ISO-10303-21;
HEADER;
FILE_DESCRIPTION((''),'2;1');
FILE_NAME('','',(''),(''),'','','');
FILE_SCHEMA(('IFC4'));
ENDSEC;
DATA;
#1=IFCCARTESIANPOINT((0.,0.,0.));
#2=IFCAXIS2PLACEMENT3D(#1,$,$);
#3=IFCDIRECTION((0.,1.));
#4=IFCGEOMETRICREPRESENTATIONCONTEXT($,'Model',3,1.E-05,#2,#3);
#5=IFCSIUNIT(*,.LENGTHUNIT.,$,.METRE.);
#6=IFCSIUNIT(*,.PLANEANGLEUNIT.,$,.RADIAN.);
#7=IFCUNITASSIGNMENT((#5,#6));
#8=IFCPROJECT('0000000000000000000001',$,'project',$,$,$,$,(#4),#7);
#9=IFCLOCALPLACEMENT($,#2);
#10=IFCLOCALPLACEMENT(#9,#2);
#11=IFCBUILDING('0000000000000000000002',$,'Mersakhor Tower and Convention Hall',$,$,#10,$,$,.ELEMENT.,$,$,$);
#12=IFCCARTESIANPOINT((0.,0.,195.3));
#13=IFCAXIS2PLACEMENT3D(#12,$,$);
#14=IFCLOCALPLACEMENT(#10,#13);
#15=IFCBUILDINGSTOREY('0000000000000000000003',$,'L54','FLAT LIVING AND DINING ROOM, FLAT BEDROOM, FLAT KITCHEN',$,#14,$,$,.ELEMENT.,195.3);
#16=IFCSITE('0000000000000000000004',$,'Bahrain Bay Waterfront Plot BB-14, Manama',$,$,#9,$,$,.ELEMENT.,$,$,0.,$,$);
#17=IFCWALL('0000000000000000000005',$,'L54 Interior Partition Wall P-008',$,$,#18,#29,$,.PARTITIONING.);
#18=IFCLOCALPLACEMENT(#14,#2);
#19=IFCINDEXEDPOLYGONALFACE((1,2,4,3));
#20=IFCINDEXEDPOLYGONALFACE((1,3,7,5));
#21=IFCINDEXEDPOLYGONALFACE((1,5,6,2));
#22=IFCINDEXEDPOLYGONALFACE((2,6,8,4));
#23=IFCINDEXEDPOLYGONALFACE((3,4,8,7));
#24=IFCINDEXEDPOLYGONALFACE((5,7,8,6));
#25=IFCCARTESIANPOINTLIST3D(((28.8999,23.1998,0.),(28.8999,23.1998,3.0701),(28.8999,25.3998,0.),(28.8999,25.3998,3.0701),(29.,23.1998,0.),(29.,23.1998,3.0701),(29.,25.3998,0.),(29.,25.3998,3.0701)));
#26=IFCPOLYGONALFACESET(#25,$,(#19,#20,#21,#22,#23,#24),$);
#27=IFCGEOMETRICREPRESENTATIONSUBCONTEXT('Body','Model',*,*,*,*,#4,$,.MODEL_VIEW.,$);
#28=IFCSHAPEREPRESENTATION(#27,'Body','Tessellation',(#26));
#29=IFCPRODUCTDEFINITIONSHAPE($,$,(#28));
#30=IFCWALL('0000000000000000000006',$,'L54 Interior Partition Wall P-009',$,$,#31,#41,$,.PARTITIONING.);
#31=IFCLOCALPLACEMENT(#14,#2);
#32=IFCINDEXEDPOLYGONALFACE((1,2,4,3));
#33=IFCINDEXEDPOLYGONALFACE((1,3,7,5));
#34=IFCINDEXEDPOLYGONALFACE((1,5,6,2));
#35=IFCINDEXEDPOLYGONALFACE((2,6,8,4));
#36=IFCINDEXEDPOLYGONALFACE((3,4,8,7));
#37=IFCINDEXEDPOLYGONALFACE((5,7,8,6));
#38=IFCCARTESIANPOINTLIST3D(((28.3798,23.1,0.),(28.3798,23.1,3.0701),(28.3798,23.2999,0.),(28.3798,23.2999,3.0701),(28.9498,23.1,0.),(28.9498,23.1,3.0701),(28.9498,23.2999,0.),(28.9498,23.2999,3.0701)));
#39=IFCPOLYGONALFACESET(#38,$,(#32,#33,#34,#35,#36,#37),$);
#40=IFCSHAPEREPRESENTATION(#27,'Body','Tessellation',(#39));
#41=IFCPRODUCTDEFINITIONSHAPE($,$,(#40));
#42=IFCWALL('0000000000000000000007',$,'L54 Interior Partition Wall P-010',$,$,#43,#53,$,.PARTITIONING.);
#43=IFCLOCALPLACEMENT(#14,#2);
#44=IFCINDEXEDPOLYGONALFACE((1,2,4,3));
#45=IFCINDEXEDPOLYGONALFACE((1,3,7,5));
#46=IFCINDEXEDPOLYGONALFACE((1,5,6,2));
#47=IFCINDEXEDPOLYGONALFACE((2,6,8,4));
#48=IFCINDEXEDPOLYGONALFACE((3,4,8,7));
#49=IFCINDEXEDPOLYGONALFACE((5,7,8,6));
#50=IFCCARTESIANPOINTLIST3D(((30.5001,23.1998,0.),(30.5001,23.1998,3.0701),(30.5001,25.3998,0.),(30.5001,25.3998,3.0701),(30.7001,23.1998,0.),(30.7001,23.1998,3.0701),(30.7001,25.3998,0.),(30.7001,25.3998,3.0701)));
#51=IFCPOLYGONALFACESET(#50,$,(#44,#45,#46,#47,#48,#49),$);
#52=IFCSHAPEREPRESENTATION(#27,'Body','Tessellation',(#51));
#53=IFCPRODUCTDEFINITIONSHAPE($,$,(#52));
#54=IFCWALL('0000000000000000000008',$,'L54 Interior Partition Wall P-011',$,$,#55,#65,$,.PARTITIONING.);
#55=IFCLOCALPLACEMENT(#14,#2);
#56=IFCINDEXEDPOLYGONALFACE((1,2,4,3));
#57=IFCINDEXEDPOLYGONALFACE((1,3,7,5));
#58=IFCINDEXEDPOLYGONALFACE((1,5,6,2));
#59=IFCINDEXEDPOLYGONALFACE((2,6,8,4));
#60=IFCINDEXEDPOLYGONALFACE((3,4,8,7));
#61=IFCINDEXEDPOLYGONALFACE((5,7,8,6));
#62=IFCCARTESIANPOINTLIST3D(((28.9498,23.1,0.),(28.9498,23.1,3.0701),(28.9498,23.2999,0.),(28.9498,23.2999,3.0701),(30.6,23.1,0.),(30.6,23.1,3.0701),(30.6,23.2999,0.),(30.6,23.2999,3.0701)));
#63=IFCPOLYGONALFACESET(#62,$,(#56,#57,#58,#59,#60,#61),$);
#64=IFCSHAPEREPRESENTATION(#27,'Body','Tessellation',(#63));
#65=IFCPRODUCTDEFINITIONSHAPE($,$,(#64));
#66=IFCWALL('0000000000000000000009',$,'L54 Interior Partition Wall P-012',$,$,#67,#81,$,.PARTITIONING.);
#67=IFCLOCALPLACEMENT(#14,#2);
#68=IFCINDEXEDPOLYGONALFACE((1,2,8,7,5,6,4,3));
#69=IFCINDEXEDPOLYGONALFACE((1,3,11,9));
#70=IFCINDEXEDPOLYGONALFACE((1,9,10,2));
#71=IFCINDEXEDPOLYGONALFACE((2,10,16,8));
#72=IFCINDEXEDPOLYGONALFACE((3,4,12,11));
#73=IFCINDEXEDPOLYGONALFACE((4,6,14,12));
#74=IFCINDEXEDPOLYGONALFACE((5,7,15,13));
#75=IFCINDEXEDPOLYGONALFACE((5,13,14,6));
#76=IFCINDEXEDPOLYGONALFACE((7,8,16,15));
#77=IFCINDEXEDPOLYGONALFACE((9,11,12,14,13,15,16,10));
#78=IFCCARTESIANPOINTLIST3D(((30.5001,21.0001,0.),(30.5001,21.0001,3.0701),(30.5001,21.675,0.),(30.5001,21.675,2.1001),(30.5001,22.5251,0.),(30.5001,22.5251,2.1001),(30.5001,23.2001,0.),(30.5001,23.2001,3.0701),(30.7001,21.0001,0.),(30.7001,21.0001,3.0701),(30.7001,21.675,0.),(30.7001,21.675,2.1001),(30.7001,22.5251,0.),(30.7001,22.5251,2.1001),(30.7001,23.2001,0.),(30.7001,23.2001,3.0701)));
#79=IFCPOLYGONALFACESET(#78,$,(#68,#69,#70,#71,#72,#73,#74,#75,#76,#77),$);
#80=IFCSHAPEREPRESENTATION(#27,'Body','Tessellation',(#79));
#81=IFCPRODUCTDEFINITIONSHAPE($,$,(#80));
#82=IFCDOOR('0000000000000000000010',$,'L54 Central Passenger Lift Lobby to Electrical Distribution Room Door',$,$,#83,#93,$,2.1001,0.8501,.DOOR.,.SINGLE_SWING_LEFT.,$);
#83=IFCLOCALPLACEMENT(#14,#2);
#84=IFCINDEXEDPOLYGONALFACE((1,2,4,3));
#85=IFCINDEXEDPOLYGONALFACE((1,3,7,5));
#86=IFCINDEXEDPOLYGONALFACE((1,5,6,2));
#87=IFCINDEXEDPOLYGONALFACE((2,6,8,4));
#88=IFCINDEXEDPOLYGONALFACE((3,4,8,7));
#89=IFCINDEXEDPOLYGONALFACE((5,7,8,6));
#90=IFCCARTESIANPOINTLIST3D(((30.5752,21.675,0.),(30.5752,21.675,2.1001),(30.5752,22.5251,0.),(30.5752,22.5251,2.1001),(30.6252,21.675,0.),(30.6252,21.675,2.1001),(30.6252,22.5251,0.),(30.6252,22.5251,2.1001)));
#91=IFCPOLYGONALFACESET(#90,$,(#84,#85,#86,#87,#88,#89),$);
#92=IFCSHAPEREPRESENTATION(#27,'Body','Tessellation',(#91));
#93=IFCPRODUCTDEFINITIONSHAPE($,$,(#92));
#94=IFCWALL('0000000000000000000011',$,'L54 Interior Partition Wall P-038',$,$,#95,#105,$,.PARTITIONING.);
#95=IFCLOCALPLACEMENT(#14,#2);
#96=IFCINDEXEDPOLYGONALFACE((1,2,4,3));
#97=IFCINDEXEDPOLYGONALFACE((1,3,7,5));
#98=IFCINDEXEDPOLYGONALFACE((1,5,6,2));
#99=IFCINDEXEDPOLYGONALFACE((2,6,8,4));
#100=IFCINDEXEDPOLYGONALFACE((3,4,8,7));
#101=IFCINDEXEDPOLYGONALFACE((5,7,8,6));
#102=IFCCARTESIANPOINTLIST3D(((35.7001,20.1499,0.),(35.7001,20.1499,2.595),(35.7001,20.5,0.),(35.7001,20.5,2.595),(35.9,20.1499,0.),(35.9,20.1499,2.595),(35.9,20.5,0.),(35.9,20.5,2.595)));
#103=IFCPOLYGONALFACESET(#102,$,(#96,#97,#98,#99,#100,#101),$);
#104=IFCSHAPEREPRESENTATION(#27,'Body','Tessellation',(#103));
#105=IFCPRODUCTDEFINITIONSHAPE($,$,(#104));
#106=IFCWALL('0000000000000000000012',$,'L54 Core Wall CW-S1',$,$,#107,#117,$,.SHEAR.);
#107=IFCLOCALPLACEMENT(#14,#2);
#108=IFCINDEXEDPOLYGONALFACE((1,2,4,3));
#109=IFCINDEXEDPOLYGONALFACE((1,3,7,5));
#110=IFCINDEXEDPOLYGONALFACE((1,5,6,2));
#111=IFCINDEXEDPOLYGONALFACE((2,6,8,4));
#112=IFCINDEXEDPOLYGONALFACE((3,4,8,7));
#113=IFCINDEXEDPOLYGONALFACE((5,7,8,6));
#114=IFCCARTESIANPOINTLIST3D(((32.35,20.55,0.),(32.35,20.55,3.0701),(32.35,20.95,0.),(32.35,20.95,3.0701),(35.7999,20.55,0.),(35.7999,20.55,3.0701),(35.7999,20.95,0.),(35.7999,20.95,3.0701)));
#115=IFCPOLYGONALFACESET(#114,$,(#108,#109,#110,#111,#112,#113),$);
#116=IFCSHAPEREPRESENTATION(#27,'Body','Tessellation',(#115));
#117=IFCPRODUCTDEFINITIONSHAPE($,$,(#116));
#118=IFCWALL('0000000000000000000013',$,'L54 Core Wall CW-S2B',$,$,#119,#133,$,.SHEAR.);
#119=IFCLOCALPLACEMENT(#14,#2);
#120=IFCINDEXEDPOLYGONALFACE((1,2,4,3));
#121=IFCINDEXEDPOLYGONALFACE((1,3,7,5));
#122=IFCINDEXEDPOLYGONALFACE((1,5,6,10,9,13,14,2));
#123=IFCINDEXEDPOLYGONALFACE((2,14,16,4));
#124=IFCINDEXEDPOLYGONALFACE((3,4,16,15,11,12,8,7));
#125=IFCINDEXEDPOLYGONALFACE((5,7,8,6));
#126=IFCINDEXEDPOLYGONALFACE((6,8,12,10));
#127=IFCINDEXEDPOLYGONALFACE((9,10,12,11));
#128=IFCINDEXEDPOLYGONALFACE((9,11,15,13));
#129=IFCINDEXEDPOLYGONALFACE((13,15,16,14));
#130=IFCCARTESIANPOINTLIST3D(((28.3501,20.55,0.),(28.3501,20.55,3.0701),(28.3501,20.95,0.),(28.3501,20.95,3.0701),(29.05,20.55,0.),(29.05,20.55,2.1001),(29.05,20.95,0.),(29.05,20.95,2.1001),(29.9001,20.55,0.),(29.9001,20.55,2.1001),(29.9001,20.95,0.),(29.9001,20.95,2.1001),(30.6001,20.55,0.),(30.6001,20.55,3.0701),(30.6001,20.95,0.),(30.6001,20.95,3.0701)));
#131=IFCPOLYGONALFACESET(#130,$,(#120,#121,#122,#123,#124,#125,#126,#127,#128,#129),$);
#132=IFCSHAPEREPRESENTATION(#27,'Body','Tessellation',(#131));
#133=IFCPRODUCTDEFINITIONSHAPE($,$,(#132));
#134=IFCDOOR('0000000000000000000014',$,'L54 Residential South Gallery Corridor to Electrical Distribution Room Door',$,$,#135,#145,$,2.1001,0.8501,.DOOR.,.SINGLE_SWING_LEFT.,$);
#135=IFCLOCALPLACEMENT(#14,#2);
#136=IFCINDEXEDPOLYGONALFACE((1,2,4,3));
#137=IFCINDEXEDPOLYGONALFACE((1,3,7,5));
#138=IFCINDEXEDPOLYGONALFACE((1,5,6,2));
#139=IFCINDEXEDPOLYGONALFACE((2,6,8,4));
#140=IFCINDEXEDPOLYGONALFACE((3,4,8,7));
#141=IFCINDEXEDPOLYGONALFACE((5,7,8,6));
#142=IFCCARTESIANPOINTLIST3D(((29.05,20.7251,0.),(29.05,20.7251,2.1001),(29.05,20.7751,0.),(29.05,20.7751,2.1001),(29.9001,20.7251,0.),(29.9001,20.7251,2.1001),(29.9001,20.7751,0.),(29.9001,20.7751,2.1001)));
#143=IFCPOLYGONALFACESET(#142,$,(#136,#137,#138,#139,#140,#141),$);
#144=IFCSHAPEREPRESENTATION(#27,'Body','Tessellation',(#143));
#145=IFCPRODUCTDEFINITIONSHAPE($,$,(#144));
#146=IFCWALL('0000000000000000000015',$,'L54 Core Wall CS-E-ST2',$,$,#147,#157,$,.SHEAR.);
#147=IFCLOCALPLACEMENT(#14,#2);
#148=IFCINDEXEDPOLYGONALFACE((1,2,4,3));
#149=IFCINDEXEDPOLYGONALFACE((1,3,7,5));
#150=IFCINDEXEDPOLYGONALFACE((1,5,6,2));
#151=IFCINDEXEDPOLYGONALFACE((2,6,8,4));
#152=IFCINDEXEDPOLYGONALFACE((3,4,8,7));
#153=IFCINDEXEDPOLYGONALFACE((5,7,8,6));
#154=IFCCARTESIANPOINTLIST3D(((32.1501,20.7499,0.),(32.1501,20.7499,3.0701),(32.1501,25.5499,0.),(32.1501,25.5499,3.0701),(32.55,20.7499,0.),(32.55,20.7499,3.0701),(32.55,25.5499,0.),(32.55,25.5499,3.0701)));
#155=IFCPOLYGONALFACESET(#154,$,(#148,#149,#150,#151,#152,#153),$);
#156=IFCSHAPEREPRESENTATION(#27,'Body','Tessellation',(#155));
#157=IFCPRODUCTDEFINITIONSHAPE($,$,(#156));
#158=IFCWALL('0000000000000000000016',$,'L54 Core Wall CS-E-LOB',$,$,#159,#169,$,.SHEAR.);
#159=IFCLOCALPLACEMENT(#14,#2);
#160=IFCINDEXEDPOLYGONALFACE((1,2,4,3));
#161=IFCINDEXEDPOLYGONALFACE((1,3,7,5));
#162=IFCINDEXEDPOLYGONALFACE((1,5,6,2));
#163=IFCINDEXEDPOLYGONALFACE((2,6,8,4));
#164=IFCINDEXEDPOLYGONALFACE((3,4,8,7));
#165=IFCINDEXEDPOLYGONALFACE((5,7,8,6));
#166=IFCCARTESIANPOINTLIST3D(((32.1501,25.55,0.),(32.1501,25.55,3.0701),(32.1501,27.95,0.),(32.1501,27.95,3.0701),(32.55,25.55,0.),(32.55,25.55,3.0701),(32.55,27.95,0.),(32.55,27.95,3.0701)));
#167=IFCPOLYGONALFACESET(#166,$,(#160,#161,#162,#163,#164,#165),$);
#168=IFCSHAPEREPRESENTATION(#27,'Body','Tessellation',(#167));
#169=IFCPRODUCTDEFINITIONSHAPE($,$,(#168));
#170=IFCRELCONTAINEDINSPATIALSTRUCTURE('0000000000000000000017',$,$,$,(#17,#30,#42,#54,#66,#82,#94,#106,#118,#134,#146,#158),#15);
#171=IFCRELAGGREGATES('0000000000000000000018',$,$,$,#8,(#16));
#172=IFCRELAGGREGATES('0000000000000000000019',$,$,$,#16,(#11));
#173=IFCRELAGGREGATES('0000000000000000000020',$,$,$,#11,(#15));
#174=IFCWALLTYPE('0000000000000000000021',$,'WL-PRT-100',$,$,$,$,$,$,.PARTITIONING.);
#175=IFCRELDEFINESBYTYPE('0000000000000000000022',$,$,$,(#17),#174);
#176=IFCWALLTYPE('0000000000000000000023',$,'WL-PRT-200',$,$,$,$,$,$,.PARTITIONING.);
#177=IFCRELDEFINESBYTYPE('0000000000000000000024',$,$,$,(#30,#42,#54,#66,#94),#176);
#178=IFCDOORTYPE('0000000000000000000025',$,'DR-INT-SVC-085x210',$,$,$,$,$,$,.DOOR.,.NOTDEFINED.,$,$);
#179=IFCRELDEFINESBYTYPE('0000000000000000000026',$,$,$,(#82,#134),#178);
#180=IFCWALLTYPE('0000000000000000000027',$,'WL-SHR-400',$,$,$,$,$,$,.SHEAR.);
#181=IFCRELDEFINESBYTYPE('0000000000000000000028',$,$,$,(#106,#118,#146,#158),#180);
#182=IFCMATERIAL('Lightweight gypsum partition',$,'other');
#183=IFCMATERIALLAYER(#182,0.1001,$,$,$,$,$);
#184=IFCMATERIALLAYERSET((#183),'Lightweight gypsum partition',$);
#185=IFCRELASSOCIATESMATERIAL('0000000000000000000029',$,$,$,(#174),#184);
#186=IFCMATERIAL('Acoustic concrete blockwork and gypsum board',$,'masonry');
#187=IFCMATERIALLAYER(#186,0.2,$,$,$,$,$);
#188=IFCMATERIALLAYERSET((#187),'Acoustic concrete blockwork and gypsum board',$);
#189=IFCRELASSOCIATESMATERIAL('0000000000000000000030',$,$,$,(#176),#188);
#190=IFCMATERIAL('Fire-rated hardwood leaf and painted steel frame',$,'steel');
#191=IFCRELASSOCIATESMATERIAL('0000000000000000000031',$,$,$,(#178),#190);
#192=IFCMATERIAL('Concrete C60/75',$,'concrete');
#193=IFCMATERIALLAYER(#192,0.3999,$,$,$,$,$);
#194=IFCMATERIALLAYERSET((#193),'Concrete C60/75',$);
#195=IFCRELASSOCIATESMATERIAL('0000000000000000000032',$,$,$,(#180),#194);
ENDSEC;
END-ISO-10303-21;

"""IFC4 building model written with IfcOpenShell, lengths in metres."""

from ifc_helpers import new_model, si_unit, direction, frame, frame_2d, origin, place, context, subcontext, project, spatial, rectangle, extrude, material, layer, layer_set, type_object, element, fill, save


model = new_model("IFC4")

# Units and contexts
model_context = context("Model", 3, precision=1e-05, world=origin(), true_north=direction((0.0, 1.0)))
body_context = subcontext(model_context, "Body", "Model", "MODEL_VIEW")
ifc_project = project(units=[si_unit("LENGTHUNIT", "METRE"), si_unit("PLANEANGLEUNIT", "RADIAN")], contexts=[model_context])

# Site, building, storey
site_placement = place(None, origin())
site = spatial("IfcSite", under=ifc_project, at=site_placement, Name="Bahrain Bay Waterfront Plot BB-14, Manama", CompositionType="ELEMENT", RefElevation=0.0)
building_placement = place(site_placement, origin())
building = spatial("IfcBuilding", under=site, at=building_placement, Name="Mersakhor Tower and Convention Hall", CompositionType="ELEMENT")
storey_placement = place(building_placement, frame((0.0, 0.0, 195.3)))
storey = spatial("IfcBuildingStorey", under=building, at=storey_placement, Name="L54", Description="FLAT LIVING AND DINING ROOM, FLAT BEDROOM, FLAT KITCHEN", CompositionType="ELEMENT", Elevation=195.3)

# Walls
ifc_material_1 = material(Name="Lightweight gypsum partition", Category="other")
ifc_layer_1 = layer(ifc_material_1, 0.1001)
ifc_layer_set_1 = layer_set([ifc_layer_1], Name="Lightweight gypsum partition")
wall_type_1 = type_object("IfcWallType", Name="WL-PRT-100", PredefinedType="PARTITIONING", material=ifc_layer_set_1)
wall_1_placement = place(storey_placement, frame((28.95, 25.3999, 0.0), z_axis=(0.0, 0.0, 1.0), x_axis=(0.0, -1.0, 0.0)))
element("IfcWall", 1, at=wall_1_placement, inside=storey, type_object=wall_type_1, Name="L54 Interior Partition Wall P-008", PredefinedType="PARTITIONING", context=body_context, shape_type="SweptSolid", body=[
    extrude(rectangle(XDim=2.2, YDim=0.1001, at=frame_2d((1.1001, 0.0))), origin(), (0.0, 0.0, 1.0), 3.0701),
])
ifc_material_2 = material(Name="Acoustic concrete blockwork and gypsum board", Category="masonry")
ifc_layer_2 = layer(ifc_material_2, 0.2)
ifc_layer_set_2 = layer_set([ifc_layer_2], Name="Acoustic concrete blockwork and gypsum board")
wall_type_2 = type_object("IfcWallType", Name="WL-PRT-200", PredefinedType="PARTITIONING", material=ifc_layer_set_2)
wall_2_placement = place(storey_placement, frame((28.95, 23.2, 0.0), z_axis=(0.0, 0.0, 1.0), x_axis=(-1.0, 0.0, 0.0)))
element("IfcWall", 2, at=wall_2_placement, inside=storey, type_object=wall_type_2, Name="L54 Interior Partition Wall P-009", PredefinedType="PARTITIONING", context=body_context, shape_type="SweptSolid", body=[
    extrude(rectangle(XDim=0.5701, YDim=0.2, at=frame_2d((0.2852, 0.0))), origin(), (0.0, 0.0, 1.0), 3.0701),
])
wall_3_placement = place(storey_placement, frame((30.6001, 25.3999, 0.0), z_axis=(0.0, 0.0, 1.0), x_axis=(0.0, -1.0, 0.0)))
element("IfcWall", 3, at=wall_3_placement, inside=storey, type_object=wall_type_2, Name="L54 Interior Partition Wall P-010", PredefinedType="PARTITIONING", context=body_context, shape_type="SweptSolid", body=[
    extrude(rectangle(XDim=2.2, YDim=0.2, at=frame_2d((1.1001, 0.0))), origin(), (0.0, 0.0, 1.0), 3.0701),
])
wall_4_placement = place(storey_placement, frame((30.6001, 23.2, 0.0), z_axis=(0.0, 0.0, 1.0), x_axis=(-1.0, 0.0, 0.0)))
element("IfcWall", 4, at=wall_4_placement, inside=storey, type_object=wall_type_2, Name="L54 Interior Partition Wall P-011", PredefinedType="PARTITIONING", context=body_context, shape_type="SweptSolid", body=[
    extrude(rectangle(XDim=1.6501, YDim=0.2, at=frame_2d((0.8252, 0.0))), origin(), (0.0, 0.0, 1.0), 3.0701),
])

# Wall, opening, door
wall_5_placement = place(storey_placement, frame((30.6001, 21.0, 0.0), z_axis=(0.0, 0.0, 1.0), x_axis=(0.0, 1.0, 0.0)))
wall_5 = element("IfcWall", 5, at=wall_5_placement, inside=storey, type_object=wall_type_2, Name="L54 Interior Partition Wall P-012", PredefinedType="PARTITIONING", context=body_context, shape_type="SweptSolid", body=[
    extrude(rectangle(XDim=2.2, YDim=0.2, at=frame_2d((1.1001, 0.0))), origin(), (0.0, 0.0, 1.0), 3.0701),
])
opening_1_placement = place(wall_5_placement, frame((0.675, 0.0, 0.0)))
opening_1 = element("IfcOpeningElement", 6, at=opening_1_placement, cuts=wall_5, PredefinedType="OPENING", context=body_context, shape_type="SweptSolid", body=[
    extrude(rectangle(XDim=0.8501, YDim=2.1001, at=frame_2d((0.425, 1.05))), frame((0.0, 0.1099, 0.0), z_axis=(0.0, -1.0, 0.0), x_axis=(1.0, 0.0, 0.0)), (0.0, 0.0, 1.0), 0.22),
])
ifc_material_3 = material(Name="Fire-rated hardwood leaf and painted steel frame", Category="steel")
door_type_1 = type_object("IfcDoorType", Name="DR-INT-SVC-085x210", OperationType="NOTDEFINED", PredefinedType="DOOR", material=ifc_material_3)
door_1_placement = place(opening_1_placement, origin())
door_1 = element("IfcDoor", 7, at=door_1_placement, inside=storey, type_object=door_type_1, Name="L54 Central Passenger Lift Lobby to Electrical Distribution Room Door", OperationType="SINGLE_SWING_LEFT", OverallHeight=2.1001, OverallWidth=0.8501, PredefinedType="DOOR", context=body_context, shape_type="SweptSolid", body=[
    extrude(rectangle(XDim=0.8501, YDim=2.1001, at=frame_2d((0.425, 1.05))), frame((0.0, 0.0249, 0.0), z_axis=(0.0, -1.0, 0.0), x_axis=(1.0, 0.0, 0.0)), (0.0, 0.0, 1.0), 0.05),
])
fill(opening_1, door_1)

# Walls
wall_6_placement = place(storey_placement, frame((35.8, 20.5, 0.0), z_axis=(0.0, 0.0, 1.0), x_axis=(0.0, -1.0, 0.0)))
element("IfcWall", 8, at=wall_6_placement, inside=storey, type_object=wall_type_2, Name="L54 Interior Partition Wall P-038", PredefinedType="PARTITIONING", context=body_context, shape_type="SweptSolid", body=[
    extrude(rectangle(XDim=0.3501, YDim=0.2, at=frame_2d((0.175, 0.0))), origin(), (0.0, 0.0, 1.0), 2.595),
])
ifc_material_4 = material(Name="Concrete C60/75", Category="concrete")
ifc_layer_3 = layer(ifc_material_4, 0.3999)
ifc_layer_set_3 = layer_set([ifc_layer_3], Name="Concrete C60/75")
wall_type_3 = type_object("IfcWallType", Name="WL-SHR-400", PredefinedType="SHEAR", material=ifc_layer_set_3)
wall_7_placement = place(storey_placement, frame((35.8, 20.75, 0.0), z_axis=(0.0, 0.0, 1.0), x_axis=(-1.0, 0.0, 0.0)))
element("IfcWall", 9, at=wall_7_placement, inside=storey, type_object=wall_type_3, Name="L54 Core Wall CW-S1", PredefinedType="SHEAR", context=body_context, shape_type="SweptSolid", body=[
    extrude(rectangle(XDim=3.45, YDim=0.3999, at=frame_2d((1.7251, 0.0))), origin(), (0.0, 0.0, 1.0), 3.0701),
])

# Wall, opening, door
wall_8_placement = place(storey_placement, frame((30.6001, 20.75, 0.0), z_axis=(0.0, 0.0, 1.0), x_axis=(-1.0, 0.0, 0.0)))
wall_8 = element("IfcWall", 10, at=wall_8_placement, inside=storey, type_object=wall_type_3, Name="L54 Core Wall CW-S2B", PredefinedType="SHEAR", context=body_context, shape_type="SweptSolid", body=[
    extrude(rectangle(XDim=2.25, YDim=0.3999, at=frame_2d((1.125, 0.0))), origin(), (0.0, 0.0, 1.0), 3.0701),
])
opening_2_placement = place(wall_8_placement, frame((0.7, 0.0, 0.0)))
opening_2 = element("IfcOpeningElement", 11, at=opening_2_placement, cuts=wall_8, PredefinedType="OPENING", context=body_context, shape_type="SweptSolid", body=[
    extrude(rectangle(XDim=0.8501, YDim=2.1001, at=frame_2d((0.425, 1.05))), frame((0.0, 0.21, 0.0), z_axis=(0.0, -1.0, 0.0), x_axis=(1.0, 0.0, 0.0)), (0.0, 0.0, 1.0), 0.4199),
])
door_2_placement = place(opening_2_placement, origin())
door_2 = element("IfcDoor", 12, at=door_2_placement, inside=storey, type_object=door_type_1, Name="L54 Residential South Gallery Corridor to Electrical Distribution Room Door", OperationType="SINGLE_SWING_LEFT", OverallHeight=2.1001, OverallWidth=0.8501, PredefinedType="DOOR", context=body_context, shape_type="SweptSolid", body=[
    extrude(rectangle(XDim=0.8501, YDim=2.1001, at=frame_2d((0.425, 1.05))), frame((0.0, 0.0249, 0.0), z_axis=(0.0, -1.0, 0.0), x_axis=(1.0, 0.0, 0.0)), (0.0, 0.0, 1.0), 0.05),
])
fill(opening_2, door_2)

# Walls
wall_9_placement = place(storey_placement, frame((32.3501, 20.75, 0.0), z_axis=(0.0, 0.0, 1.0), x_axis=(0.0, 1.0, 0.0)))
element("IfcWall", 13, at=wall_9_placement, inside=storey, type_object=wall_type_3, Name="L54 Core Wall CS-E-ST2", PredefinedType="SHEAR", context=body_context, shape_type="SweptSolid", body=[
    extrude(rectangle(XDim=4.8, YDim=0.3999, at=frame_2d((2.3999, 0.0))), origin(), (0.0, 0.0, 1.0), 3.0701),
])
wall_10_placement = place(storey_placement, frame((32.3501, 25.55, 0.0), z_axis=(0.0, 0.0, 1.0), x_axis=(0.0, 1.0, 0.0)))
element("IfcWall", 14, at=wall_10_placement, inside=storey, type_object=wall_type_3, Name="L54 Core Wall CS-E-LOB", PredefinedType="SHEAR", context=body_context, shape_type="SweptSolid", body=[
    extrude(rectangle(XDim=2.3999, YDim=0.3999, at=frame_2d((1.2, 0.0))), origin(), (0.0, 0.0, 1.0), 3.0701),
])

save(model, "model.ifc")
